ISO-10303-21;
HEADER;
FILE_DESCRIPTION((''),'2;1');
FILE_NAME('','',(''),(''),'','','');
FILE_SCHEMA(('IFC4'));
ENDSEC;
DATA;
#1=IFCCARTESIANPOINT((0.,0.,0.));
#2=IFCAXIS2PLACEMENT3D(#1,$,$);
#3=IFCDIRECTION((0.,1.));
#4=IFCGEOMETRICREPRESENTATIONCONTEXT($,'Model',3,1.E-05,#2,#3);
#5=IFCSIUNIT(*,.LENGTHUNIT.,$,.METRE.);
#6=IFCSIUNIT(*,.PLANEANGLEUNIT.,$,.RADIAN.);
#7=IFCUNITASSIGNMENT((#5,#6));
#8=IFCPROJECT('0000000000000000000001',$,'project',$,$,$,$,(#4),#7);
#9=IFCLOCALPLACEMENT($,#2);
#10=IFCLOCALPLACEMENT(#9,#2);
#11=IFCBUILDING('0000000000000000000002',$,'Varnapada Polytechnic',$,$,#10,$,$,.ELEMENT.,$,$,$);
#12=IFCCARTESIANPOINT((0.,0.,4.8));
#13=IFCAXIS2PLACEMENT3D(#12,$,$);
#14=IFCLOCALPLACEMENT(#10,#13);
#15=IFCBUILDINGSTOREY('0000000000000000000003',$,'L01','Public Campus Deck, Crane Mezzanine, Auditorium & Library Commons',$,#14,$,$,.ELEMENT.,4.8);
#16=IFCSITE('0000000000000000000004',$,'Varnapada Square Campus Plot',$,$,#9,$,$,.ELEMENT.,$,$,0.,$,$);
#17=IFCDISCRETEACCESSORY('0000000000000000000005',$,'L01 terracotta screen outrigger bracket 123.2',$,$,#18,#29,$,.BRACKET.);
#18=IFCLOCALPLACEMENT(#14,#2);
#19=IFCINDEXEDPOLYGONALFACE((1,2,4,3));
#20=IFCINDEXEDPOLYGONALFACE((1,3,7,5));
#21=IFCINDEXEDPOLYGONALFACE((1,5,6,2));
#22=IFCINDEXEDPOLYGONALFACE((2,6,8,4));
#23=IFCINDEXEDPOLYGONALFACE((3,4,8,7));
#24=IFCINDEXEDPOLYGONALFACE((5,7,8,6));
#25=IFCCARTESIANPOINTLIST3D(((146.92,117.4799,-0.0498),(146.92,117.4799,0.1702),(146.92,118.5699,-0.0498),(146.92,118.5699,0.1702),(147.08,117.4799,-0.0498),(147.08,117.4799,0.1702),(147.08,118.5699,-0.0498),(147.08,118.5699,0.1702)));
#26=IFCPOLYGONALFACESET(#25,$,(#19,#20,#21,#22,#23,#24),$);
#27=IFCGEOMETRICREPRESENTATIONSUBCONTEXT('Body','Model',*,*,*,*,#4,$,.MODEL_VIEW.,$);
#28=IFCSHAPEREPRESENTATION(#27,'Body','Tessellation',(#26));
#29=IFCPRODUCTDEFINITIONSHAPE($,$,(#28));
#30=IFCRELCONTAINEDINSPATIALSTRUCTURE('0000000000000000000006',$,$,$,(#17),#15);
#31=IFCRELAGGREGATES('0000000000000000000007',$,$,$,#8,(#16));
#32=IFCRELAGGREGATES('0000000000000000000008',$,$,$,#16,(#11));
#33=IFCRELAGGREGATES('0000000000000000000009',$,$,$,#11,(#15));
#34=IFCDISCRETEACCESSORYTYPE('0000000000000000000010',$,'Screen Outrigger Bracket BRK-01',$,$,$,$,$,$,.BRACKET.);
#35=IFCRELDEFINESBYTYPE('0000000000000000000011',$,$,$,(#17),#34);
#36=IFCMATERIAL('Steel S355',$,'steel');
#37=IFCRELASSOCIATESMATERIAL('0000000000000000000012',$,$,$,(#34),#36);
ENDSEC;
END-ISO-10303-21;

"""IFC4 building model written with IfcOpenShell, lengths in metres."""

from ifc_helpers import new_model, si_unit, direction, frame, origin, origin_2d, place, context, subcontext, project, spatial, rectangle, extrude, material, type_object, element, save


model = new_model("IFC4")

# Units and contexts
model_context = context("Model", 3, precision=1e-05, world=origin(), true_north=direction((0.0, 1.0)))
body_context = subcontext(model_context, "Body", "Model", "MODEL_VIEW")
ifc_project = project(units=[si_unit("LENGTHUNIT", "METRE"), si_unit("PLANEANGLEUNIT", "RADIAN")], contexts=[model_context])

# Site, building, storey
site_placement = place(None, origin())
site = spatial("IfcSite", under=ifc_project, at=site_placement, Name="Varnapada Square Campus Plot", CompositionType="ELEMENT", RefElevation=0.0)
building_placement = place(site_placement, origin())
building = spatial("IfcBuilding", under=site, at=building_placement, Name="Varnapada Polytechnic", CompositionType="ELEMENT")
storey_placement = place(building_placement, frame((0.0, 0.0, 4.8)))
storey = spatial("IfcBuildingStorey", under=building, at=storey_placement, Name="L01", Description="Public Campus Deck, Crane Mezzanine, Auditorium & Library Commons", CompositionType="ELEMENT", Elevation=4.8)

# Shared definitions
ifc_material_1 = material(Name="Steel S355", Category="steel")

# Discrete accessory
discrete_accessory_type = type_object("IfcDiscreteAccessoryType", Name="Screen Outrigger Bracket BRK-01", PredefinedType="BRACKET", material=ifc_material_1)
for number, where, z_axis, x_axis, name in (
    (1, (147.0, 118.0249, -0.0498), (0.0, 0.0, 1.0), (1.0, 0.0, 0.0), "L01 terracotta screen outrigger bracket 123.2"),
):
    element("IfcDiscreteAccessory", number, at=place(storey_placement, frame(where, z_axis=z_axis, x_axis=x_axis)), inside=storey, type_object=discrete_accessory_type, Name=name, PredefinedType="BRACKET", context=body_context, shape_type="SweptSolid", body=[
        extrude(rectangle(XDim=0.1599, YDim=1.0901, at=origin_2d()), origin(), (0.0, 0.0, 1.0), 0.22),
    ])

save(model, "model.ifc")
